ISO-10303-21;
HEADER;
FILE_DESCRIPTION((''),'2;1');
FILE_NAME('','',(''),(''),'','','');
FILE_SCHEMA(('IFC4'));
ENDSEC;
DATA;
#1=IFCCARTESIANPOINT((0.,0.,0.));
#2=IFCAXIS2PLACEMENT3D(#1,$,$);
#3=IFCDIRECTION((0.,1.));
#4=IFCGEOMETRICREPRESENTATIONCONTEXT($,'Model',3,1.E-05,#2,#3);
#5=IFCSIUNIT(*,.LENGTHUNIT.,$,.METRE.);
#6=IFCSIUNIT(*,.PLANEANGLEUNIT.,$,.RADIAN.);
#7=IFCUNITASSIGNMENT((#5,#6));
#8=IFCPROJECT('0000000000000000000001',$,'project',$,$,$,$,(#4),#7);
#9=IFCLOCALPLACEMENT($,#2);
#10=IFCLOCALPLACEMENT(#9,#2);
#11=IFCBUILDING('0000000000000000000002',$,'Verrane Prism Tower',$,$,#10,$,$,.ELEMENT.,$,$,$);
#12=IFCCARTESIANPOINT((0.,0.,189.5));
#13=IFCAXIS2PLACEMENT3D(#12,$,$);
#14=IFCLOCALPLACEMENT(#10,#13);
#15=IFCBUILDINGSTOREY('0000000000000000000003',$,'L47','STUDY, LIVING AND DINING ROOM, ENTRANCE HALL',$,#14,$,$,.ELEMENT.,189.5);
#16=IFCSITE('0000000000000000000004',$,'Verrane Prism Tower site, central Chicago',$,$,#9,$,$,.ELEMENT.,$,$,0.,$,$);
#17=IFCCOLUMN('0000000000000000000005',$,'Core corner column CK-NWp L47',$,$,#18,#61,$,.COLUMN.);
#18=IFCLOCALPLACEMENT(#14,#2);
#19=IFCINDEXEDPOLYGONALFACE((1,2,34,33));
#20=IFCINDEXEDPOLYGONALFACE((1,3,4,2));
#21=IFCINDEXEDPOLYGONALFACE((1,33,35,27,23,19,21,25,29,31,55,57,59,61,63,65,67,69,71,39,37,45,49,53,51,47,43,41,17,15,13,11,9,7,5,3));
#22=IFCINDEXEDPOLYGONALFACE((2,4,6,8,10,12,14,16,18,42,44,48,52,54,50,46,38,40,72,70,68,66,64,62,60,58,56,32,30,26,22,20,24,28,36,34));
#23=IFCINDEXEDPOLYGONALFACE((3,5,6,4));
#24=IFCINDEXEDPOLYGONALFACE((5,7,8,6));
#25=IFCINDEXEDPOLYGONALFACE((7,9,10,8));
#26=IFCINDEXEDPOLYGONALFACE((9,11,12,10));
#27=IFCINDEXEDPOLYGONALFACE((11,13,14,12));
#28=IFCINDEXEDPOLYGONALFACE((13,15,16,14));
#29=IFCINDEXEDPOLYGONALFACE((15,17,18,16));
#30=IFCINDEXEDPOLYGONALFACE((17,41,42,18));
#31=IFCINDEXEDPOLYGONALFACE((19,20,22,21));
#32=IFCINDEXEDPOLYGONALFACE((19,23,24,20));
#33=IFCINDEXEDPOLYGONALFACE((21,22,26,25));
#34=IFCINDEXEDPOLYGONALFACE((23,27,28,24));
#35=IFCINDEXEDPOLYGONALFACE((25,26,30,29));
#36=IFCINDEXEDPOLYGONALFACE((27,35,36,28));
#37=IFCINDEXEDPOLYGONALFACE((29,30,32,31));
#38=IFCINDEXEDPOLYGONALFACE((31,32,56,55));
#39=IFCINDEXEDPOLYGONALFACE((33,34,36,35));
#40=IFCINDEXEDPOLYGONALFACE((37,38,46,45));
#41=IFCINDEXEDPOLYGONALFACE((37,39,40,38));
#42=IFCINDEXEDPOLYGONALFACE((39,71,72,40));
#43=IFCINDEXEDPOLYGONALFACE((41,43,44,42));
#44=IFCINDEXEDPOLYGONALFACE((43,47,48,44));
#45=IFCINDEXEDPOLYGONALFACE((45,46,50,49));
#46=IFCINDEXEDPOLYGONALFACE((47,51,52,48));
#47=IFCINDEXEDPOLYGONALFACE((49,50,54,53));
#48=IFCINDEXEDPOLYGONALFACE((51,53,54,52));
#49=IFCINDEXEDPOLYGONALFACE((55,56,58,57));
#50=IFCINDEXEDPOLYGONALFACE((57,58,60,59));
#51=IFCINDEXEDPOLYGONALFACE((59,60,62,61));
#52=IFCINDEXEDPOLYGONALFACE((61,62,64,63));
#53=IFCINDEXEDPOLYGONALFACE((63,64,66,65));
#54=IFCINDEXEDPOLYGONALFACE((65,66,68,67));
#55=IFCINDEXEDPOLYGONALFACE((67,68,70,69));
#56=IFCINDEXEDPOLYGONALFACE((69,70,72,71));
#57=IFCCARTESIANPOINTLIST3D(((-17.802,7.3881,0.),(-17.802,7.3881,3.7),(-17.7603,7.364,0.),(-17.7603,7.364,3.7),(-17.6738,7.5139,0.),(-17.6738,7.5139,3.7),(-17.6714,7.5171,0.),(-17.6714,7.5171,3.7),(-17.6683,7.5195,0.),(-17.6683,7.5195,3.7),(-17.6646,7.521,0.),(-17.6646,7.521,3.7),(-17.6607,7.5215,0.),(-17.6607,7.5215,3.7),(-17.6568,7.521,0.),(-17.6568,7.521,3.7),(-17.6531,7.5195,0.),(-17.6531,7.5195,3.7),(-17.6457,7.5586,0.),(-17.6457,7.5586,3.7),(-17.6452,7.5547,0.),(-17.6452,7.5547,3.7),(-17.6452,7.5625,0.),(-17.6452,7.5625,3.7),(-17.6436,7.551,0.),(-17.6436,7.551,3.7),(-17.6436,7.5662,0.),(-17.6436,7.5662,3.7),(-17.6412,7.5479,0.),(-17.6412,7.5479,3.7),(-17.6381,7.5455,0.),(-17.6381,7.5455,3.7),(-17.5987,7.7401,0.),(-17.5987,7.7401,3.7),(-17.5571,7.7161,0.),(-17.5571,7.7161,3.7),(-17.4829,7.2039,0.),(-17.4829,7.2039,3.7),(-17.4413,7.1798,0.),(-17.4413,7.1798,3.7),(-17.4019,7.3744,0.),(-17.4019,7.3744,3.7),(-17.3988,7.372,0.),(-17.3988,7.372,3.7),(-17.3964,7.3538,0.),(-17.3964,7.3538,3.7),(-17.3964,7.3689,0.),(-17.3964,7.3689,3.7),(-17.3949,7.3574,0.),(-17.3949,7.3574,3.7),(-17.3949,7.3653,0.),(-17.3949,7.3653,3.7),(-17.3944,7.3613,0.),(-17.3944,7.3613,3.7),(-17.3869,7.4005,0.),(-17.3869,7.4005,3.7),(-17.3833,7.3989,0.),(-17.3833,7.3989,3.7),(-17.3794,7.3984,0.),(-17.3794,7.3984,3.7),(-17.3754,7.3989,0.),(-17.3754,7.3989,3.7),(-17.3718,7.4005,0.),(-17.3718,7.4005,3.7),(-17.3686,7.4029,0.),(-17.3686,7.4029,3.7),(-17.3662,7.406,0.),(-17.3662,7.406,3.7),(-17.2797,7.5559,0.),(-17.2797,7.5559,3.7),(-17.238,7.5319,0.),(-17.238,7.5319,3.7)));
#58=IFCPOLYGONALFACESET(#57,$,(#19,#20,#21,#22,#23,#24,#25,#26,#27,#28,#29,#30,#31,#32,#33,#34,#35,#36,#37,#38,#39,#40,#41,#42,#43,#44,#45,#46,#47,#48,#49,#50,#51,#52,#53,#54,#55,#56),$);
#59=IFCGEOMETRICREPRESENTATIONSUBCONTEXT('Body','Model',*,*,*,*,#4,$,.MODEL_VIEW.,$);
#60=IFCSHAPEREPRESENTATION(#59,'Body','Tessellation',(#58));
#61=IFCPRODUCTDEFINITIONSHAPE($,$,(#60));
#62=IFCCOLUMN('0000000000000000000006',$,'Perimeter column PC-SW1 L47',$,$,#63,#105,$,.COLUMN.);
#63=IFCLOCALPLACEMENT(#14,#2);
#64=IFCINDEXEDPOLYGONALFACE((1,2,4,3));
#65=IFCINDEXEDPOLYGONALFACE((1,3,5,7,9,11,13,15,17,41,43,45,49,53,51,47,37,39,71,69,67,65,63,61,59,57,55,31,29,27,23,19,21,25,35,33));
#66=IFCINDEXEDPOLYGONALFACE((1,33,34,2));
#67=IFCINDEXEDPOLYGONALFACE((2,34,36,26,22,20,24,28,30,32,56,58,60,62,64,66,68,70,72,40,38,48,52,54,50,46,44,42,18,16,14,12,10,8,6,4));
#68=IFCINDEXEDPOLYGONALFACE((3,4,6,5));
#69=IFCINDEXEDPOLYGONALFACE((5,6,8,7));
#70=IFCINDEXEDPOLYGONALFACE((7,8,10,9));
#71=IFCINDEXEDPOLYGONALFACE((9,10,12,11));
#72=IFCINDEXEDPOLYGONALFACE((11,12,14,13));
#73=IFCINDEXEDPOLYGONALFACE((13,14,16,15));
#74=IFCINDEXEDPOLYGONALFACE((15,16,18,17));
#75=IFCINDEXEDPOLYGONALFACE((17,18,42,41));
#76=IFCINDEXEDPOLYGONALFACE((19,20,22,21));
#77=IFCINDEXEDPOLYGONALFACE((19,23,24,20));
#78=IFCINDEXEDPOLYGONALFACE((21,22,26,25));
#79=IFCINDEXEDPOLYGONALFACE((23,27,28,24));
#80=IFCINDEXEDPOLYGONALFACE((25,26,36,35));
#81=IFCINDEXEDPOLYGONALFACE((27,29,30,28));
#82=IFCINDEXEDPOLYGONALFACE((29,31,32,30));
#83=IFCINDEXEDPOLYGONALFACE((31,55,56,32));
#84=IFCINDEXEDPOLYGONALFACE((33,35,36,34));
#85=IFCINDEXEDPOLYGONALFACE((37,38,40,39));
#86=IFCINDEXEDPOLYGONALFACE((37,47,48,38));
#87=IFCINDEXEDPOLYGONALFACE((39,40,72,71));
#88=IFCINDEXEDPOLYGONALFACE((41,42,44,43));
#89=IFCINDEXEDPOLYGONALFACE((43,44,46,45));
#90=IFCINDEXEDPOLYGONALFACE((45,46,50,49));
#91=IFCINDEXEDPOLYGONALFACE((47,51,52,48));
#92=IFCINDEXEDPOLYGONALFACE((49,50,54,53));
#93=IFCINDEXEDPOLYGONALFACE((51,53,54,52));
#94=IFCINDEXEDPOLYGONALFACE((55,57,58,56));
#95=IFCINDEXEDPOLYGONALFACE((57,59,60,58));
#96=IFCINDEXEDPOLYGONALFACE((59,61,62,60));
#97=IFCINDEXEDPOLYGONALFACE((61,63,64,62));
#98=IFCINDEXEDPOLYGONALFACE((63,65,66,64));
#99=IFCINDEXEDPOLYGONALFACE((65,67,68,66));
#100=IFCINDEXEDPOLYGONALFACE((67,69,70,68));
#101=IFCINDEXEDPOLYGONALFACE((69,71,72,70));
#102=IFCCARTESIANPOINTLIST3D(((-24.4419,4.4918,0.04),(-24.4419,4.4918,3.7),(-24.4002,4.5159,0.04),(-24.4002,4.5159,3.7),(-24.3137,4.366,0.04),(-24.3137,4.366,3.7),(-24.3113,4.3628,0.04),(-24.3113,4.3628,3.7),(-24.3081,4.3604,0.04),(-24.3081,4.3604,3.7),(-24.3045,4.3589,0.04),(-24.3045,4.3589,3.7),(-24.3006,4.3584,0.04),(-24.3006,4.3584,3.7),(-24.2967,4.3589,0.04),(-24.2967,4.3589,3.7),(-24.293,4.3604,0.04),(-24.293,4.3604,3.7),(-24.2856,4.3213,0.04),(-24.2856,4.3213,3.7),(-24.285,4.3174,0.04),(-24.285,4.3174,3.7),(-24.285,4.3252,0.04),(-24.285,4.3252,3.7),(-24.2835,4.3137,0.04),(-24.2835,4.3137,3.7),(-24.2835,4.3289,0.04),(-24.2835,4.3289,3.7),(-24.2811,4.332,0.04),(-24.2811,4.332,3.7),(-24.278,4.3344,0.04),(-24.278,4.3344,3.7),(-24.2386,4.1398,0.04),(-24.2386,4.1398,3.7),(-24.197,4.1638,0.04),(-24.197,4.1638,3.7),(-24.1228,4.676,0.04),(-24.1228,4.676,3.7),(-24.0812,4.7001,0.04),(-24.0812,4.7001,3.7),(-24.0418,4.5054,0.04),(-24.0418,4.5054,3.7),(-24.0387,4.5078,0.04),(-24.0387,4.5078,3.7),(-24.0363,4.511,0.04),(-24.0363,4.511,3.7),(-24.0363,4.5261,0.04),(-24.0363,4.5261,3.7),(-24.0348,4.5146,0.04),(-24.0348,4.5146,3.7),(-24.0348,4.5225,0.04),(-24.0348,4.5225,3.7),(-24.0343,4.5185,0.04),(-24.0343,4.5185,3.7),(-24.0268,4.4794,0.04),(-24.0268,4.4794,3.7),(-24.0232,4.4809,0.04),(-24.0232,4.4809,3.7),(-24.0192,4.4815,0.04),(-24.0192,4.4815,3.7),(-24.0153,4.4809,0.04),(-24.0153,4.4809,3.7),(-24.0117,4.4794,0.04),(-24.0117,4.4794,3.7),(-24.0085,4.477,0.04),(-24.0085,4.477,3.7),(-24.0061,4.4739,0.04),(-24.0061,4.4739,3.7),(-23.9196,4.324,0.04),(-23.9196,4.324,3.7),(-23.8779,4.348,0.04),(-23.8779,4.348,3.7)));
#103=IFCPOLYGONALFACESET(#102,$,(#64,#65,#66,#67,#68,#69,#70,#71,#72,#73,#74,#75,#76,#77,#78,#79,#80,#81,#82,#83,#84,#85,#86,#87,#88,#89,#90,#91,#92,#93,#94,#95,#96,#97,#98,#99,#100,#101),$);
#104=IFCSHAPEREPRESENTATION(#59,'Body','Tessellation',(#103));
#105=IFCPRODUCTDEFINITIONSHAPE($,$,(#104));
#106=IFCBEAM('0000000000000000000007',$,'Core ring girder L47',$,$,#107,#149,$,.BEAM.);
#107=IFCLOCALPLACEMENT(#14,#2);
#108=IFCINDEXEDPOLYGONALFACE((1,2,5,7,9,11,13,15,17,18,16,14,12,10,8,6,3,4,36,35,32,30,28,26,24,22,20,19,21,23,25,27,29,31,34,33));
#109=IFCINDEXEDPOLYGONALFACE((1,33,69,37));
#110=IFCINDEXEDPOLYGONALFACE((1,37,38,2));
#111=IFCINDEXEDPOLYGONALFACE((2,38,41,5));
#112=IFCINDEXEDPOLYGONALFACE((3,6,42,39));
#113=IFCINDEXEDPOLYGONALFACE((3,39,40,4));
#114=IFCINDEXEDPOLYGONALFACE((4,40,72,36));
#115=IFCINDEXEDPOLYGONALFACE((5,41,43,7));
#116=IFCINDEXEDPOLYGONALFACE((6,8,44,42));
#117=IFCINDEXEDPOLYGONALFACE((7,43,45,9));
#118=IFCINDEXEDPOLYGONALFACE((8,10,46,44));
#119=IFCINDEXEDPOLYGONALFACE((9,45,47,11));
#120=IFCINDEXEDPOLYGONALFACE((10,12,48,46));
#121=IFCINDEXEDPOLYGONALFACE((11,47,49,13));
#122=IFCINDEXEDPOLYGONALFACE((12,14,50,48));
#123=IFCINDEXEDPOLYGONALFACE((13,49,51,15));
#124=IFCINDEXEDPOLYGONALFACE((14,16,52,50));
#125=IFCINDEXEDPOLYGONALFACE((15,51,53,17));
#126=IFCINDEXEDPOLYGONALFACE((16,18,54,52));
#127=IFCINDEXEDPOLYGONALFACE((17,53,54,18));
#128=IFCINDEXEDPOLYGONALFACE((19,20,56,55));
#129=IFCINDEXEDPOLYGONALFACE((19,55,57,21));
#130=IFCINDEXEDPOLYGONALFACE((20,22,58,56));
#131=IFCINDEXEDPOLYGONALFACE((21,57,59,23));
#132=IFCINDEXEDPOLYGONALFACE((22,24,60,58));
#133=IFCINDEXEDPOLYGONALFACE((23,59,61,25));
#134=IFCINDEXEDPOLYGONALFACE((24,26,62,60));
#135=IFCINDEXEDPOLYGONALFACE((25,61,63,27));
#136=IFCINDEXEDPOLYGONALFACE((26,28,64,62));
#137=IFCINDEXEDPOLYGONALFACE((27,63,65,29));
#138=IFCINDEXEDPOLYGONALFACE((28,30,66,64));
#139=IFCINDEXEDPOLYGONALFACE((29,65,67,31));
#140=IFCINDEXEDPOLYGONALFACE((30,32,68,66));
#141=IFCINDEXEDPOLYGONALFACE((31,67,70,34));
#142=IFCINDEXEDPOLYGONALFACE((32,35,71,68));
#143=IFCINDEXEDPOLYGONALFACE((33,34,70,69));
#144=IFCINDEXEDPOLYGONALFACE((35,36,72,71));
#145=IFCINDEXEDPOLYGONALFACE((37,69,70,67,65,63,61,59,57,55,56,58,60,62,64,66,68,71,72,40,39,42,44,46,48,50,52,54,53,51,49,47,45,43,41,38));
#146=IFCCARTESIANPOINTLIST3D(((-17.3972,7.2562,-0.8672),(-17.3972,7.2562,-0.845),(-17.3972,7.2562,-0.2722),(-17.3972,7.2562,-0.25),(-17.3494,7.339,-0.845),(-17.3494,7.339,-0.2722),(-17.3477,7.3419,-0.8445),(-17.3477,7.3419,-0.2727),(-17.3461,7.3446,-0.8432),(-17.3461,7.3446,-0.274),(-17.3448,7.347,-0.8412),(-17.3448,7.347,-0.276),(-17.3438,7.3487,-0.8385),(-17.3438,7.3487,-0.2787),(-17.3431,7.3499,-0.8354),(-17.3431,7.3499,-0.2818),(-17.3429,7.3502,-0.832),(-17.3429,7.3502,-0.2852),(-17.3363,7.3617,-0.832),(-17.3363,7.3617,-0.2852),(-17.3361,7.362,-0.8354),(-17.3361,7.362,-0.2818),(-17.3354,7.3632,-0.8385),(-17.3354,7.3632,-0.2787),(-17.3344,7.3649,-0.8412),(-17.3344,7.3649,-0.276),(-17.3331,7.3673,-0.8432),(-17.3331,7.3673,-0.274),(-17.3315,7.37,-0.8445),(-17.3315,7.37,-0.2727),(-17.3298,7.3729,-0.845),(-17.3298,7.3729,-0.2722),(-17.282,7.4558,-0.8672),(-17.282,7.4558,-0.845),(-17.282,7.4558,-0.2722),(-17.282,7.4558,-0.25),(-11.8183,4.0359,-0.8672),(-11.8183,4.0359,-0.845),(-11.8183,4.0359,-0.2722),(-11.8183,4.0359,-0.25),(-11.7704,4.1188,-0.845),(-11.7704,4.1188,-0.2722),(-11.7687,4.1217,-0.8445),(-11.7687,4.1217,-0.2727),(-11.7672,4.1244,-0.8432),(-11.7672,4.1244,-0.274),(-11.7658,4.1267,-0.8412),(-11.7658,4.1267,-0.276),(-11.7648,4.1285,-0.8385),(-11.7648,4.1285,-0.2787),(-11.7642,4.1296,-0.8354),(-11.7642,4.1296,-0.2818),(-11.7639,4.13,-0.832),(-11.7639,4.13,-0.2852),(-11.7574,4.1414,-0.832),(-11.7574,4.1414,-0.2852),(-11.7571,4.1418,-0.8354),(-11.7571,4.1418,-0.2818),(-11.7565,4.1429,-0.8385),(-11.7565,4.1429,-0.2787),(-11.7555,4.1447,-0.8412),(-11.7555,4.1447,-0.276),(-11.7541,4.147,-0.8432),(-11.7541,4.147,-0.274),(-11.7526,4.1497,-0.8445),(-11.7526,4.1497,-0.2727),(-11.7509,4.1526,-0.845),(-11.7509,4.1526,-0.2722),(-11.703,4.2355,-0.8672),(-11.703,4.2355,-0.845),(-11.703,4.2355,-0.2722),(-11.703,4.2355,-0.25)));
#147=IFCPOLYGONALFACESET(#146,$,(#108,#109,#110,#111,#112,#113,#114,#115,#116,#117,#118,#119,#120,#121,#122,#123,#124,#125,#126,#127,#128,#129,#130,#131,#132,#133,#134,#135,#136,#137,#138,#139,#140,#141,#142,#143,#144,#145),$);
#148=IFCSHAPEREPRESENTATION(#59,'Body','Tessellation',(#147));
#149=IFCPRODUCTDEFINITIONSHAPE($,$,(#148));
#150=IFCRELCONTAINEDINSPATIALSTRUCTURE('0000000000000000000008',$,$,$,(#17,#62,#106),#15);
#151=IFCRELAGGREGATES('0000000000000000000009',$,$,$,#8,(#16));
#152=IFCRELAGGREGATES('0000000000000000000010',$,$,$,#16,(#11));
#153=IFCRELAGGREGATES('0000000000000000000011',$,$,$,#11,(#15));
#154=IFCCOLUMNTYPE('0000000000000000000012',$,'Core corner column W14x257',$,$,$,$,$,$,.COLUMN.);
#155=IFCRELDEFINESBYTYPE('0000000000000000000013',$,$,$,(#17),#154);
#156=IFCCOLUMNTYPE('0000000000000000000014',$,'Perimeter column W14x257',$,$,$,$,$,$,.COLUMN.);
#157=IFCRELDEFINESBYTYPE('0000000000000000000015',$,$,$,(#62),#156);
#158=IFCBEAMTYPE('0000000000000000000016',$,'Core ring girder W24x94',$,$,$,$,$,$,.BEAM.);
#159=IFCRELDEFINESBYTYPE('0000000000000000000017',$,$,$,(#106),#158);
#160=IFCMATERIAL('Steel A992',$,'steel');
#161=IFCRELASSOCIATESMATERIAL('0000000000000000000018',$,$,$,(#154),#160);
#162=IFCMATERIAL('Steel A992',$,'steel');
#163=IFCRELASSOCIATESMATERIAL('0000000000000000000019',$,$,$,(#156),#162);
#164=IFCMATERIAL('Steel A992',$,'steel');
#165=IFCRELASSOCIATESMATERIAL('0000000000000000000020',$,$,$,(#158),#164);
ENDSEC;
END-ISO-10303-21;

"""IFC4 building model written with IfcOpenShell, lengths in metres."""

from ifc_helpers import new_model, si_unit, direction, frame, origin, origin_2d, place, context, subcontext, project, spatial, i_section, extrude, material, material_profile, profile_set, type_object, element, save


model = new_model("IFC4")

# Units and contexts
model_context = context("Model", 3, precision=1e-05, world=origin(), true_north=direction((0.0, 1.0)))
body_context = subcontext(model_context, "Body", "Model", "MODEL_VIEW")
ifc_project = project(units=[si_unit("LENGTHUNIT", "METRE"), si_unit("PLANEANGLEUNIT", "RADIAN")], contexts=[model_context])

# Site, building, storey
site_placement = place(None, origin())
site = spatial("IfcSite", under=ifc_project, at=site_placement, Name="Verrane Prism Tower site, central Chicago", CompositionType="ELEMENT", RefElevation=0.0)
building_placement = place(site_placement, origin())
building = spatial("IfcBuilding", under=site, at=building_placement, Name="Verrane Prism Tower", CompositionType="ELEMENT")
storey_placement = place(building_placement, frame((0.0, 0.0, 189.5)))
storey = spatial("IfcBuildingStorey", under=building, at=storey_placement, Name="L47", Description="STUDY, LIVING AND DINING ROOM, ENTRANCE HALL", CompositionType="ELEMENT", Elevation=189.5)

# Columns
ifc_material_1 = material(Name="Steel A992", Category="steel")
ifc_material_profile_1 = material_profile(ifc_material_1, i_section(OverallWidth=0.4065, OverallDepth=0.4165, WebThickness=0.03, FlangeThickness=0.0481, FilletRadius=0.0151, at=origin_2d()), Name="W14x257")
ifc_profile_set_1 = profile_set([ifc_material_profile_1], Name="Steel A992")
column_type_1 = type_object("IfcColumnType", Name="Core corner column W14x257", PredefinedType="COLUMN", material=ifc_profile_set_1)
column_1_placement = place(storey_placement, frame((-17.52, 7.46, 0.0), z_axis=(0.0, 0.0, 1.0), x_axis=(0.5, 0.866025, 0.0)))
element("IfcColumn", 1, at=column_1_placement, inside=storey, type_object=column_type_1, Name="Core corner column CK-NWp L47", PredefinedType="COLUMN", context=body_context, shape_type="SweptSolid", body=[
    extrude(i_section(OverallWidth=0.4065, OverallDepth=0.4165, WebThickness=0.03, FlangeThickness=0.0481, FilletRadius=0.0151, at=origin_2d()), origin(), (0.0, 0.0, 1.0), 3.7),
])
ifc_material_2 = material(Name="Steel A992", Category="steel")
ifc_material_profile_2 = material_profile(ifc_material_2, i_section(OverallWidth=0.4065, OverallDepth=0.4165, WebThickness=0.03, FlangeThickness=0.0481, FilletRadius=0.0151, at=origin_2d()), Name="W14x257")
ifc_profile_set_2 = profile_set([ifc_material_profile_2], Name="Steel A992")
column_type_2 = type_object("IfcColumnType", Name="Perimeter column W14x257", PredefinedType="COLUMN", material=ifc_profile_set_2)
column_2_placement = place(storey_placement, frame((-24.1599, 4.4199, 0.04), z_axis=(0.0, 0.0, 1.0), x_axis=(-0.5, 0.866025, 0.0)))
element("IfcColumn", 2, at=column_2_placement, inside=storey, type_object=column_type_2, Name="Perimeter column PC-SW1 L47", PredefinedType="COLUMN", context=body_context, shape_type="SweptSolid", body=[
    extrude(i_section(OverallWidth=0.4065, OverallDepth=0.4165, WebThickness=0.03, FlangeThickness=0.0481, FilletRadius=0.0151, at=origin_2d()), origin(), (0.0, 0.0, 1.0), 3.6599),
])

# Beam
ifc_material_3 = material(Name="Steel A992", Category="steel")
ifc_material_profile_3 = material_profile(ifc_material_3, i_section(OverallWidth=0.2305, OverallDepth=0.6172, WebThickness=0.0132, FlangeThickness=0.0222, FilletRadius=0.0129, at=origin_2d()), Name="W24x94")
ifc_profile_set_3 = profile_set([ifc_material_profile_3], Name="Steel A992")
beam_type_1 = type_object("IfcBeamType", Name="Core ring girder W24x94", PredefinedType="BEAM", material=ifc_profile_set_3)
beam_1_placement = place(storey_placement, frame((-17.3396, 7.356, -0.5586), z_axis=(0.866075, -0.499914, 0.0), x_axis=(0.499914, 0.866075, 0.0)))
element("IfcBeam", 3, at=beam_1_placement, inside=storey, type_object=beam_type_1, Name="Core ring girder L47", PredefinedType="BEAM", context=body_context, shape_type="SweptSolid", body=[
    extrude(i_section(OverallWidth=0.2305, OverallDepth=0.6172, WebThickness=0.0132, FlangeThickness=0.0222, FilletRadius=0.0129, at=origin_2d()), origin(), (0.0, 0.0, 1.0), 6.4417),
])

save(model, "model.ifc")
